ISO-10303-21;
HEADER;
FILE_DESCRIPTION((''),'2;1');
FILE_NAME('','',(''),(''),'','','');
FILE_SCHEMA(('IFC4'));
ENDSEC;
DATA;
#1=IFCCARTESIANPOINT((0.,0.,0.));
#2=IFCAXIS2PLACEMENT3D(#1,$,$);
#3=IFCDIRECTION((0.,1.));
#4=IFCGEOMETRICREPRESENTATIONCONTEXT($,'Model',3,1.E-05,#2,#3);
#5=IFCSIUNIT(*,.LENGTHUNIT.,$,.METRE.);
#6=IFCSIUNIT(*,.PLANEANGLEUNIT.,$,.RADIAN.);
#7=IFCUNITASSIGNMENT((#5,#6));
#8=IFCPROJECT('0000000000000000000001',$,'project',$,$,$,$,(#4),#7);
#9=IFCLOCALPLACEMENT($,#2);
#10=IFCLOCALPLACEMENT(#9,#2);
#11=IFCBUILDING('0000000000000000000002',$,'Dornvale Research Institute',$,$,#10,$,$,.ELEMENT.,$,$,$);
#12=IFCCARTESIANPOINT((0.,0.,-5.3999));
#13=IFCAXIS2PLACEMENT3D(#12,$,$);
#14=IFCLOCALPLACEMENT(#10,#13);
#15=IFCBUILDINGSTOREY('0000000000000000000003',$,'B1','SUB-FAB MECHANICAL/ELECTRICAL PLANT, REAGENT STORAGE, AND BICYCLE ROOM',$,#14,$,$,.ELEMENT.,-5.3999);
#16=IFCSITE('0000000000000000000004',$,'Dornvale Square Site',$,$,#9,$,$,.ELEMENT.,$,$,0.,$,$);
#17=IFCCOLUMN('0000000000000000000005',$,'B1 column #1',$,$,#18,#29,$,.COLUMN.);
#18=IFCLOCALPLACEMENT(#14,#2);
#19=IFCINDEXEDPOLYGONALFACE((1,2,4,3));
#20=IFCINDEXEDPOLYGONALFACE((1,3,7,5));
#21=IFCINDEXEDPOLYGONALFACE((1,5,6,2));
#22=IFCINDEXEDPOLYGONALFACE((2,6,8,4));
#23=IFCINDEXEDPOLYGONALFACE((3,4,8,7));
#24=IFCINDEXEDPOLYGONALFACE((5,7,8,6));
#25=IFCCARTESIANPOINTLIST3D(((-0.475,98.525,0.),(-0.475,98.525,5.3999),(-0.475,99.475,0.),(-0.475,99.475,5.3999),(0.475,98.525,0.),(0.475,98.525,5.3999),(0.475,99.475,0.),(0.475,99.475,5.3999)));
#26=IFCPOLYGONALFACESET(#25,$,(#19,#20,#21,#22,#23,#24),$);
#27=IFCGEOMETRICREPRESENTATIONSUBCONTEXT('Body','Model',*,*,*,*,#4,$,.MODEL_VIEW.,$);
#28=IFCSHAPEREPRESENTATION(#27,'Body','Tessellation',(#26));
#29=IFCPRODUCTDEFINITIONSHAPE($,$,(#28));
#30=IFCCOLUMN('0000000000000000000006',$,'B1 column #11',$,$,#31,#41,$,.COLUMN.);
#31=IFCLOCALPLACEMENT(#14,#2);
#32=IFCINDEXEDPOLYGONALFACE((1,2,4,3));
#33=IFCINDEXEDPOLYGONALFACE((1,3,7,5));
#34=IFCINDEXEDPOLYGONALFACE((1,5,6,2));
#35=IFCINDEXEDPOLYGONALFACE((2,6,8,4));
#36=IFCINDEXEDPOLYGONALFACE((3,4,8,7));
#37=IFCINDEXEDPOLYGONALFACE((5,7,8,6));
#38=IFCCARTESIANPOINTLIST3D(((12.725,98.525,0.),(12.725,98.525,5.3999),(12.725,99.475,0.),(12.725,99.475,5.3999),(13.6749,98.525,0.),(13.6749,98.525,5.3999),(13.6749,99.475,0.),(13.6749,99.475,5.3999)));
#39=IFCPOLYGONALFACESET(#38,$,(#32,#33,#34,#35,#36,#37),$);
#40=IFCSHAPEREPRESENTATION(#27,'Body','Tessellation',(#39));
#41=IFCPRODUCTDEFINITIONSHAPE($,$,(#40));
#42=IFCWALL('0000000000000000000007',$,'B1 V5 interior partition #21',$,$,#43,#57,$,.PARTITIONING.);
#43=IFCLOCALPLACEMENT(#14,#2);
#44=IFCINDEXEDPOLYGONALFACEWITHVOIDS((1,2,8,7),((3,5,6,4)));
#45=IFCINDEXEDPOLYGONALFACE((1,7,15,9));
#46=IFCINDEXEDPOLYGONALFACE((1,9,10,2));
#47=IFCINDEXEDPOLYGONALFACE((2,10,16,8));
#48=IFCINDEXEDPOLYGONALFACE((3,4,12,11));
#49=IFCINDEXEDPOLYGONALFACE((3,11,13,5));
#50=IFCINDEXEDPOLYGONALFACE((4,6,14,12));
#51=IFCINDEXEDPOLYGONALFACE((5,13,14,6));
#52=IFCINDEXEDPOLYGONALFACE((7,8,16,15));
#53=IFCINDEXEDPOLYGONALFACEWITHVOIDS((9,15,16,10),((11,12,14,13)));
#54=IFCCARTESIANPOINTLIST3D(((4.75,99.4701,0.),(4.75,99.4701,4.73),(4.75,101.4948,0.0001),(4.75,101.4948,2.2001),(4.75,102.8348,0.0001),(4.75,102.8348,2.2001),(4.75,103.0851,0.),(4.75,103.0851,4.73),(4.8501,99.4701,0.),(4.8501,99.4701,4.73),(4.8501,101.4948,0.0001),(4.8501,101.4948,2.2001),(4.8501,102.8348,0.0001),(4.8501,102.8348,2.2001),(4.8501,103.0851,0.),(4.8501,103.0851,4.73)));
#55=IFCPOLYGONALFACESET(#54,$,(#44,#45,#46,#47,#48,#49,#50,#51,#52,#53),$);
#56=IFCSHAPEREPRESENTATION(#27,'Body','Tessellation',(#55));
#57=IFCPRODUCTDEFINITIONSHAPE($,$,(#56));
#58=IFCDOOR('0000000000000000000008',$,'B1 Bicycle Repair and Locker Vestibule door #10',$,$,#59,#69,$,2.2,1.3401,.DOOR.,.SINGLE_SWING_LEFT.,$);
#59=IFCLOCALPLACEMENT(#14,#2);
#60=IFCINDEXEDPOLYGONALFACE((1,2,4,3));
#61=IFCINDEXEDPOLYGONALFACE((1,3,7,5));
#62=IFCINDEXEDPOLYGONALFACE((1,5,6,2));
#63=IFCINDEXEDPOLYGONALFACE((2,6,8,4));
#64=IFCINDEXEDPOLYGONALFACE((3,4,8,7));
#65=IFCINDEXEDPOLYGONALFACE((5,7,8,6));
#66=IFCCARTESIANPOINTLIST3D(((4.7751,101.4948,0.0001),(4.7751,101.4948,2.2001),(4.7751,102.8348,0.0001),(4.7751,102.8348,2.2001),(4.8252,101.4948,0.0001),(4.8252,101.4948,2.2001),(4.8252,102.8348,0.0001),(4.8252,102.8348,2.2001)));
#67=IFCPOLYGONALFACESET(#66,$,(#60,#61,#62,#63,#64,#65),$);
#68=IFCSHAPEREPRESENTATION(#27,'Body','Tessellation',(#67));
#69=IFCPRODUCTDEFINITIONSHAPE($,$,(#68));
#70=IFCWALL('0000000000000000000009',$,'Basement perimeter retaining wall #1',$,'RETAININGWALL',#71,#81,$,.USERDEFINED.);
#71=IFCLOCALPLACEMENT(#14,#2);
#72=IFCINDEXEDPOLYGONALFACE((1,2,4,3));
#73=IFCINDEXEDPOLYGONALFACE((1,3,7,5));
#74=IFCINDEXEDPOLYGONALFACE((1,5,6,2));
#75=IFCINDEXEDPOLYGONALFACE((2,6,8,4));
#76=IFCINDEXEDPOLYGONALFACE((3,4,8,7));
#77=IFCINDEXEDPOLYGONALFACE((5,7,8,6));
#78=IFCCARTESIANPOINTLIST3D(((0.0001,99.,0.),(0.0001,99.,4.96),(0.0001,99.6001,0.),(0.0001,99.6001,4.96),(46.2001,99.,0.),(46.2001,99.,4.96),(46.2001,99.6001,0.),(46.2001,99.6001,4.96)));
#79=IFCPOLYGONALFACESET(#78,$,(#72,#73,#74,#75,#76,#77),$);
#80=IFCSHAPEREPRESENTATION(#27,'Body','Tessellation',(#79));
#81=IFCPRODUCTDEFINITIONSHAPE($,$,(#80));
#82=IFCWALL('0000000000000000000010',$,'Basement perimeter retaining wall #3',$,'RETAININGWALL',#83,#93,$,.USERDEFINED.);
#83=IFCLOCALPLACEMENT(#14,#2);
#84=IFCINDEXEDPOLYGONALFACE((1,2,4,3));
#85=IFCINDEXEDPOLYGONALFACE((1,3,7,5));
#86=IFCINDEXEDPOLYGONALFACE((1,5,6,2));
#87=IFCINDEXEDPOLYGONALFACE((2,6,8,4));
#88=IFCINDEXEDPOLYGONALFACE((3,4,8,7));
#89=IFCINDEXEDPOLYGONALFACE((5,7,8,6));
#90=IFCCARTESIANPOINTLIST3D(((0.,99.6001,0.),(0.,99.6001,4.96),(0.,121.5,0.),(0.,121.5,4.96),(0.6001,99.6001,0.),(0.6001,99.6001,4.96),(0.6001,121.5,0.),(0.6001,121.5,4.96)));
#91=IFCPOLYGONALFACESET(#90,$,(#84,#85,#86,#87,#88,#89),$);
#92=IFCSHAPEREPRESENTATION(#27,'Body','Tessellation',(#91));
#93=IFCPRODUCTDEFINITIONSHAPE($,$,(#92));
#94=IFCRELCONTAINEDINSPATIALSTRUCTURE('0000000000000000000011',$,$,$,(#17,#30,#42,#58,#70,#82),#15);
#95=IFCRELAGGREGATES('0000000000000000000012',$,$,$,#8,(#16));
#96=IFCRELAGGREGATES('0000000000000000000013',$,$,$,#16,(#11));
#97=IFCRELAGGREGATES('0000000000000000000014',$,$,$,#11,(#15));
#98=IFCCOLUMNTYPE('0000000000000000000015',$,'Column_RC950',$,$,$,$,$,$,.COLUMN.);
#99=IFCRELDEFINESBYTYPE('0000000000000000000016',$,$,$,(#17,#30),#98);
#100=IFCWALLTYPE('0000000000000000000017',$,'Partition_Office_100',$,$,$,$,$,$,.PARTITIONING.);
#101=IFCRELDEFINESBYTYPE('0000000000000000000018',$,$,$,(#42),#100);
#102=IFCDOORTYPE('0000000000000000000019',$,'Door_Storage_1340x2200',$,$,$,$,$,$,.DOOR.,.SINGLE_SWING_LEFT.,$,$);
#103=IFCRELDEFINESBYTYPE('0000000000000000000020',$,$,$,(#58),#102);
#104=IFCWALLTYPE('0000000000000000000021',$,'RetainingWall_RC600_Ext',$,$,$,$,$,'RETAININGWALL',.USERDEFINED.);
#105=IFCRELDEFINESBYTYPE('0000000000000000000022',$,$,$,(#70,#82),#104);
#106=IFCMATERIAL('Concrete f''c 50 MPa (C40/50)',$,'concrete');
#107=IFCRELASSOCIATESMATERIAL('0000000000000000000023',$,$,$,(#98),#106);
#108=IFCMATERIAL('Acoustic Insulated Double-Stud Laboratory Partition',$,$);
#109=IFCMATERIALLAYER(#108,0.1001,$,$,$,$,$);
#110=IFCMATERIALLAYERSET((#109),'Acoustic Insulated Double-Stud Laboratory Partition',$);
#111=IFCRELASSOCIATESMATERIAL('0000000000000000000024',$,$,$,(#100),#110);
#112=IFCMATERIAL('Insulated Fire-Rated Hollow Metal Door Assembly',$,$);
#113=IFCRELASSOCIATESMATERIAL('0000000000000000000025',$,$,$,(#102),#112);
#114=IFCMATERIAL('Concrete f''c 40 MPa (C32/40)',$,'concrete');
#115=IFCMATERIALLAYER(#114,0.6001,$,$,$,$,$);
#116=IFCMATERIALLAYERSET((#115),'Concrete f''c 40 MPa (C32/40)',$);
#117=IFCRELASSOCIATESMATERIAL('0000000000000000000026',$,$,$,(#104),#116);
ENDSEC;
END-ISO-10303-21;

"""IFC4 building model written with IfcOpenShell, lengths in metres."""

from ifc_helpers import new_model, si_unit, direction, frame, frame_2d, origin, origin_2d, place, context, subcontext, project, spatial, rectangle, extrude, material, layer, layer_set, material_profile, profile_set, type_object, element, fill, save


model = new_model("IFC4")

# Units and contexts
model_context = context("Model", 3, precision=1e-05, world=origin(), true_north=direction((0.0, 1.0)))
body_context = subcontext(model_context, "Body", "Model", "MODEL_VIEW")
ifc_project = project(units=[si_unit("LENGTHUNIT", "METRE"), si_unit("PLANEANGLEUNIT", "RADIAN")], contexts=[model_context])

# Site, building, storey
site_placement = place(None, origin())
site = spatial("IfcSite", under=ifc_project, at=site_placement, Name="Dornvale Square Site", CompositionType="ELEMENT", RefElevation=0.0)
building_placement = place(site_placement, origin())
building = spatial("IfcBuilding", under=site, at=building_placement, Name="Dornvale Research Institute", CompositionType="ELEMENT")
storey_placement = place(building_placement, frame((0.0, 0.0, -5.3999)))
storey = spatial("IfcBuildingStorey", under=building, at=storey_placement, Name="B1", Description="SUB-FAB MECHANICAL/ELECTRICAL PLANT, REAGENT STORAGE, AND BICYCLE ROOM", CompositionType="ELEMENT", Elevation=-5.3999)

# Columns
ifc_material_1 = material(Name="Concrete f'c 50 MPa (C40/50)", Category="concrete")
ifc_material_profile_1 = material_profile(ifc_material_1, rectangle(XDim=0.95, YDim=0.95, at=origin_2d()), Name="RC 950x950")
ifc_profile_set_1 = profile_set([ifc_material_profile_1], Name="Concrete f'c 50 MPa (C40/50)")
column_type_1 = type_object("IfcColumnType", Name="Column_RC950", PredefinedType="COLUMN", material=ifc_profile_set_1)
for number, where, z_axis, x_axis, name in (
    (1, (0.0, 99.0, 0.0), (0.0, 0.0, 1.0), (1.0, 0.0, 0.0), "B1 column #1"),
    (2, (13.2, 99.0, 0.0), (0.0, 0.0, 1.0), (1.0, 0.0, 0.0), "B1 column #11"),
):
    element("IfcColumn", number, at=place(storey_placement, frame(where, z_axis=z_axis, x_axis=x_axis)), inside=storey, type_object=column_type_1, Name=name, PredefinedType="COLUMN", context=body_context, shape_type="SweptSolid", body=[
        extrude(rectangle(XDim=0.95, YDim=0.95, at=origin_2d()), origin(), (0.0, 0.0, 1.0), 5.3999),
    ])

# Wall, opening, door
ifc_material_2 = material(Name="Acoustic Insulated Double-Stud Laboratory Partition")
ifc_layer_1 = layer(ifc_material_2, 0.1001)
ifc_layer_set_1 = layer_set([ifc_layer_1], Name="Acoustic Insulated Double-Stud Laboratory Partition")
wall_type_1 = type_object("IfcWallType", Name="Partition_Office_100", PredefinedType="PARTITIONING", material=ifc_layer_set_1)
wall_1_placement = place(storey_placement, frame((4.8, 99.47, 0.0), z_axis=(0.0, 0.0, 1.0), x_axis=(0.0, 1.0, 0.0)))
wall_1 = element("IfcWall", 3, at=wall_1_placement, inside=storey, type_object=wall_type_1, Name="B1 V5 interior partition #21", PredefinedType="PARTITIONING", context=body_context, shape_type="SweptSolid", body=[
    extrude(rectangle(XDim=3.615, YDim=0.1001, at=frame_2d((1.8076, 0.0))), origin(), (0.0, 0.0, 1.0), 4.73),
])
opening_placement = place(wall_1_placement, frame((2.0249, 0.0, 0.0)))
opening = element("IfcOpeningElement", 4, at=opening_placement, cuts=wall_1, PredefinedType="OPENING", context=body_context, shape_type="SweptSolid", body=[
    extrude(rectangle(XDim=1.3401, YDim=2.2, at=frame_2d((0.6699, 1.1001))), frame((0.0, 0.0649, 0.0), z_axis=(0.0, -1.0, 0.0), x_axis=(1.0, 0.0, 0.0)), (0.0, 0.0, 1.0), 0.1301),
])
ifc_material_3 = material(Name="Insulated Fire-Rated Hollow Metal Door Assembly")
door_type = type_object("IfcDoorType", Name="Door_Storage_1340x2200", OperationType="SINGLE_SWING_LEFT", PredefinedType="DOOR", material=ifc_material_3)
door_placement = place(opening_placement, origin())
door = element("IfcDoor", 5, at=door_placement, inside=storey, type_object=door_type, Name="B1 Bicycle Repair and Locker Vestibule door #10", OperationType="SINGLE_SWING_LEFT", OverallHeight=2.2, OverallWidth=1.3401, PredefinedType="DOOR", context=body_context, shape_type="SweptSolid", body=[
    extrude(rectangle(XDim=1.3401, YDim=2.2, at=frame_2d((0.6699, 1.1001))), frame((0.0, 0.0249, 0.0), z_axis=(0.0, -1.0, 0.0), x_axis=(1.0, 0.0, 0.0)), (0.0, 0.0, 1.0), 0.05),
])
fill(opening, door)

# Walls
ifc_material_4 = material(Name="Concrete f'c 40 MPa (C32/40)", Category="concrete")
ifc_layer_2 = layer(ifc_material_4, 0.6001)
ifc_layer_set_2 = layer_set([ifc_layer_2], Name="Concrete f'c 40 MPa (C32/40)")
wall_type_2 = type_object("IfcWallType", Name="RetainingWall_RC600_Ext", ElementType="RETAININGWALL", PredefinedType="USERDEFINED", material=ifc_layer_set_2)
wall_2_placement = place(storey_placement, frame((0.0, 99.3, 0.0), z_axis=(0.0, 0.0, 1.0), x_axis=(1.0, 0.0, 0.0)))
element("IfcWall", 6, at=wall_2_placement, inside=storey, type_object=wall_type_2, Name="Basement perimeter retaining wall #1", ObjectType="RETAININGWALL", PredefinedType="USERDEFINED", context=body_context, shape_type="SweptSolid", body=[
    extrude(rectangle(XDim=46.2, YDim=0.6001, at=frame_2d((23.1001, 0.0))), origin(), (0.0, 0.0, 1.0), 4.96),
])
wall_3_placement = place(storey_placement, frame((0.3, 99.6001, 0.0), z_axis=(0.0, 0.0, 1.0), x_axis=(0.0, 1.0, 0.0)))
element("IfcWall", 7, at=wall_3_placement, inside=storey, type_object=wall_type_2, Name="Basement perimeter retaining wall #3", ObjectType="RETAININGWALL", PredefinedType="USERDEFINED", context=body_context, shape_type="SweptSolid", body=[
    extrude(rectangle(XDim=21.8999, YDim=0.6001, at=frame_2d((10.95, 0.0))), origin(), (0.0, 0.0, 1.0), 4.96),
])

save(model, "model.ifc")
